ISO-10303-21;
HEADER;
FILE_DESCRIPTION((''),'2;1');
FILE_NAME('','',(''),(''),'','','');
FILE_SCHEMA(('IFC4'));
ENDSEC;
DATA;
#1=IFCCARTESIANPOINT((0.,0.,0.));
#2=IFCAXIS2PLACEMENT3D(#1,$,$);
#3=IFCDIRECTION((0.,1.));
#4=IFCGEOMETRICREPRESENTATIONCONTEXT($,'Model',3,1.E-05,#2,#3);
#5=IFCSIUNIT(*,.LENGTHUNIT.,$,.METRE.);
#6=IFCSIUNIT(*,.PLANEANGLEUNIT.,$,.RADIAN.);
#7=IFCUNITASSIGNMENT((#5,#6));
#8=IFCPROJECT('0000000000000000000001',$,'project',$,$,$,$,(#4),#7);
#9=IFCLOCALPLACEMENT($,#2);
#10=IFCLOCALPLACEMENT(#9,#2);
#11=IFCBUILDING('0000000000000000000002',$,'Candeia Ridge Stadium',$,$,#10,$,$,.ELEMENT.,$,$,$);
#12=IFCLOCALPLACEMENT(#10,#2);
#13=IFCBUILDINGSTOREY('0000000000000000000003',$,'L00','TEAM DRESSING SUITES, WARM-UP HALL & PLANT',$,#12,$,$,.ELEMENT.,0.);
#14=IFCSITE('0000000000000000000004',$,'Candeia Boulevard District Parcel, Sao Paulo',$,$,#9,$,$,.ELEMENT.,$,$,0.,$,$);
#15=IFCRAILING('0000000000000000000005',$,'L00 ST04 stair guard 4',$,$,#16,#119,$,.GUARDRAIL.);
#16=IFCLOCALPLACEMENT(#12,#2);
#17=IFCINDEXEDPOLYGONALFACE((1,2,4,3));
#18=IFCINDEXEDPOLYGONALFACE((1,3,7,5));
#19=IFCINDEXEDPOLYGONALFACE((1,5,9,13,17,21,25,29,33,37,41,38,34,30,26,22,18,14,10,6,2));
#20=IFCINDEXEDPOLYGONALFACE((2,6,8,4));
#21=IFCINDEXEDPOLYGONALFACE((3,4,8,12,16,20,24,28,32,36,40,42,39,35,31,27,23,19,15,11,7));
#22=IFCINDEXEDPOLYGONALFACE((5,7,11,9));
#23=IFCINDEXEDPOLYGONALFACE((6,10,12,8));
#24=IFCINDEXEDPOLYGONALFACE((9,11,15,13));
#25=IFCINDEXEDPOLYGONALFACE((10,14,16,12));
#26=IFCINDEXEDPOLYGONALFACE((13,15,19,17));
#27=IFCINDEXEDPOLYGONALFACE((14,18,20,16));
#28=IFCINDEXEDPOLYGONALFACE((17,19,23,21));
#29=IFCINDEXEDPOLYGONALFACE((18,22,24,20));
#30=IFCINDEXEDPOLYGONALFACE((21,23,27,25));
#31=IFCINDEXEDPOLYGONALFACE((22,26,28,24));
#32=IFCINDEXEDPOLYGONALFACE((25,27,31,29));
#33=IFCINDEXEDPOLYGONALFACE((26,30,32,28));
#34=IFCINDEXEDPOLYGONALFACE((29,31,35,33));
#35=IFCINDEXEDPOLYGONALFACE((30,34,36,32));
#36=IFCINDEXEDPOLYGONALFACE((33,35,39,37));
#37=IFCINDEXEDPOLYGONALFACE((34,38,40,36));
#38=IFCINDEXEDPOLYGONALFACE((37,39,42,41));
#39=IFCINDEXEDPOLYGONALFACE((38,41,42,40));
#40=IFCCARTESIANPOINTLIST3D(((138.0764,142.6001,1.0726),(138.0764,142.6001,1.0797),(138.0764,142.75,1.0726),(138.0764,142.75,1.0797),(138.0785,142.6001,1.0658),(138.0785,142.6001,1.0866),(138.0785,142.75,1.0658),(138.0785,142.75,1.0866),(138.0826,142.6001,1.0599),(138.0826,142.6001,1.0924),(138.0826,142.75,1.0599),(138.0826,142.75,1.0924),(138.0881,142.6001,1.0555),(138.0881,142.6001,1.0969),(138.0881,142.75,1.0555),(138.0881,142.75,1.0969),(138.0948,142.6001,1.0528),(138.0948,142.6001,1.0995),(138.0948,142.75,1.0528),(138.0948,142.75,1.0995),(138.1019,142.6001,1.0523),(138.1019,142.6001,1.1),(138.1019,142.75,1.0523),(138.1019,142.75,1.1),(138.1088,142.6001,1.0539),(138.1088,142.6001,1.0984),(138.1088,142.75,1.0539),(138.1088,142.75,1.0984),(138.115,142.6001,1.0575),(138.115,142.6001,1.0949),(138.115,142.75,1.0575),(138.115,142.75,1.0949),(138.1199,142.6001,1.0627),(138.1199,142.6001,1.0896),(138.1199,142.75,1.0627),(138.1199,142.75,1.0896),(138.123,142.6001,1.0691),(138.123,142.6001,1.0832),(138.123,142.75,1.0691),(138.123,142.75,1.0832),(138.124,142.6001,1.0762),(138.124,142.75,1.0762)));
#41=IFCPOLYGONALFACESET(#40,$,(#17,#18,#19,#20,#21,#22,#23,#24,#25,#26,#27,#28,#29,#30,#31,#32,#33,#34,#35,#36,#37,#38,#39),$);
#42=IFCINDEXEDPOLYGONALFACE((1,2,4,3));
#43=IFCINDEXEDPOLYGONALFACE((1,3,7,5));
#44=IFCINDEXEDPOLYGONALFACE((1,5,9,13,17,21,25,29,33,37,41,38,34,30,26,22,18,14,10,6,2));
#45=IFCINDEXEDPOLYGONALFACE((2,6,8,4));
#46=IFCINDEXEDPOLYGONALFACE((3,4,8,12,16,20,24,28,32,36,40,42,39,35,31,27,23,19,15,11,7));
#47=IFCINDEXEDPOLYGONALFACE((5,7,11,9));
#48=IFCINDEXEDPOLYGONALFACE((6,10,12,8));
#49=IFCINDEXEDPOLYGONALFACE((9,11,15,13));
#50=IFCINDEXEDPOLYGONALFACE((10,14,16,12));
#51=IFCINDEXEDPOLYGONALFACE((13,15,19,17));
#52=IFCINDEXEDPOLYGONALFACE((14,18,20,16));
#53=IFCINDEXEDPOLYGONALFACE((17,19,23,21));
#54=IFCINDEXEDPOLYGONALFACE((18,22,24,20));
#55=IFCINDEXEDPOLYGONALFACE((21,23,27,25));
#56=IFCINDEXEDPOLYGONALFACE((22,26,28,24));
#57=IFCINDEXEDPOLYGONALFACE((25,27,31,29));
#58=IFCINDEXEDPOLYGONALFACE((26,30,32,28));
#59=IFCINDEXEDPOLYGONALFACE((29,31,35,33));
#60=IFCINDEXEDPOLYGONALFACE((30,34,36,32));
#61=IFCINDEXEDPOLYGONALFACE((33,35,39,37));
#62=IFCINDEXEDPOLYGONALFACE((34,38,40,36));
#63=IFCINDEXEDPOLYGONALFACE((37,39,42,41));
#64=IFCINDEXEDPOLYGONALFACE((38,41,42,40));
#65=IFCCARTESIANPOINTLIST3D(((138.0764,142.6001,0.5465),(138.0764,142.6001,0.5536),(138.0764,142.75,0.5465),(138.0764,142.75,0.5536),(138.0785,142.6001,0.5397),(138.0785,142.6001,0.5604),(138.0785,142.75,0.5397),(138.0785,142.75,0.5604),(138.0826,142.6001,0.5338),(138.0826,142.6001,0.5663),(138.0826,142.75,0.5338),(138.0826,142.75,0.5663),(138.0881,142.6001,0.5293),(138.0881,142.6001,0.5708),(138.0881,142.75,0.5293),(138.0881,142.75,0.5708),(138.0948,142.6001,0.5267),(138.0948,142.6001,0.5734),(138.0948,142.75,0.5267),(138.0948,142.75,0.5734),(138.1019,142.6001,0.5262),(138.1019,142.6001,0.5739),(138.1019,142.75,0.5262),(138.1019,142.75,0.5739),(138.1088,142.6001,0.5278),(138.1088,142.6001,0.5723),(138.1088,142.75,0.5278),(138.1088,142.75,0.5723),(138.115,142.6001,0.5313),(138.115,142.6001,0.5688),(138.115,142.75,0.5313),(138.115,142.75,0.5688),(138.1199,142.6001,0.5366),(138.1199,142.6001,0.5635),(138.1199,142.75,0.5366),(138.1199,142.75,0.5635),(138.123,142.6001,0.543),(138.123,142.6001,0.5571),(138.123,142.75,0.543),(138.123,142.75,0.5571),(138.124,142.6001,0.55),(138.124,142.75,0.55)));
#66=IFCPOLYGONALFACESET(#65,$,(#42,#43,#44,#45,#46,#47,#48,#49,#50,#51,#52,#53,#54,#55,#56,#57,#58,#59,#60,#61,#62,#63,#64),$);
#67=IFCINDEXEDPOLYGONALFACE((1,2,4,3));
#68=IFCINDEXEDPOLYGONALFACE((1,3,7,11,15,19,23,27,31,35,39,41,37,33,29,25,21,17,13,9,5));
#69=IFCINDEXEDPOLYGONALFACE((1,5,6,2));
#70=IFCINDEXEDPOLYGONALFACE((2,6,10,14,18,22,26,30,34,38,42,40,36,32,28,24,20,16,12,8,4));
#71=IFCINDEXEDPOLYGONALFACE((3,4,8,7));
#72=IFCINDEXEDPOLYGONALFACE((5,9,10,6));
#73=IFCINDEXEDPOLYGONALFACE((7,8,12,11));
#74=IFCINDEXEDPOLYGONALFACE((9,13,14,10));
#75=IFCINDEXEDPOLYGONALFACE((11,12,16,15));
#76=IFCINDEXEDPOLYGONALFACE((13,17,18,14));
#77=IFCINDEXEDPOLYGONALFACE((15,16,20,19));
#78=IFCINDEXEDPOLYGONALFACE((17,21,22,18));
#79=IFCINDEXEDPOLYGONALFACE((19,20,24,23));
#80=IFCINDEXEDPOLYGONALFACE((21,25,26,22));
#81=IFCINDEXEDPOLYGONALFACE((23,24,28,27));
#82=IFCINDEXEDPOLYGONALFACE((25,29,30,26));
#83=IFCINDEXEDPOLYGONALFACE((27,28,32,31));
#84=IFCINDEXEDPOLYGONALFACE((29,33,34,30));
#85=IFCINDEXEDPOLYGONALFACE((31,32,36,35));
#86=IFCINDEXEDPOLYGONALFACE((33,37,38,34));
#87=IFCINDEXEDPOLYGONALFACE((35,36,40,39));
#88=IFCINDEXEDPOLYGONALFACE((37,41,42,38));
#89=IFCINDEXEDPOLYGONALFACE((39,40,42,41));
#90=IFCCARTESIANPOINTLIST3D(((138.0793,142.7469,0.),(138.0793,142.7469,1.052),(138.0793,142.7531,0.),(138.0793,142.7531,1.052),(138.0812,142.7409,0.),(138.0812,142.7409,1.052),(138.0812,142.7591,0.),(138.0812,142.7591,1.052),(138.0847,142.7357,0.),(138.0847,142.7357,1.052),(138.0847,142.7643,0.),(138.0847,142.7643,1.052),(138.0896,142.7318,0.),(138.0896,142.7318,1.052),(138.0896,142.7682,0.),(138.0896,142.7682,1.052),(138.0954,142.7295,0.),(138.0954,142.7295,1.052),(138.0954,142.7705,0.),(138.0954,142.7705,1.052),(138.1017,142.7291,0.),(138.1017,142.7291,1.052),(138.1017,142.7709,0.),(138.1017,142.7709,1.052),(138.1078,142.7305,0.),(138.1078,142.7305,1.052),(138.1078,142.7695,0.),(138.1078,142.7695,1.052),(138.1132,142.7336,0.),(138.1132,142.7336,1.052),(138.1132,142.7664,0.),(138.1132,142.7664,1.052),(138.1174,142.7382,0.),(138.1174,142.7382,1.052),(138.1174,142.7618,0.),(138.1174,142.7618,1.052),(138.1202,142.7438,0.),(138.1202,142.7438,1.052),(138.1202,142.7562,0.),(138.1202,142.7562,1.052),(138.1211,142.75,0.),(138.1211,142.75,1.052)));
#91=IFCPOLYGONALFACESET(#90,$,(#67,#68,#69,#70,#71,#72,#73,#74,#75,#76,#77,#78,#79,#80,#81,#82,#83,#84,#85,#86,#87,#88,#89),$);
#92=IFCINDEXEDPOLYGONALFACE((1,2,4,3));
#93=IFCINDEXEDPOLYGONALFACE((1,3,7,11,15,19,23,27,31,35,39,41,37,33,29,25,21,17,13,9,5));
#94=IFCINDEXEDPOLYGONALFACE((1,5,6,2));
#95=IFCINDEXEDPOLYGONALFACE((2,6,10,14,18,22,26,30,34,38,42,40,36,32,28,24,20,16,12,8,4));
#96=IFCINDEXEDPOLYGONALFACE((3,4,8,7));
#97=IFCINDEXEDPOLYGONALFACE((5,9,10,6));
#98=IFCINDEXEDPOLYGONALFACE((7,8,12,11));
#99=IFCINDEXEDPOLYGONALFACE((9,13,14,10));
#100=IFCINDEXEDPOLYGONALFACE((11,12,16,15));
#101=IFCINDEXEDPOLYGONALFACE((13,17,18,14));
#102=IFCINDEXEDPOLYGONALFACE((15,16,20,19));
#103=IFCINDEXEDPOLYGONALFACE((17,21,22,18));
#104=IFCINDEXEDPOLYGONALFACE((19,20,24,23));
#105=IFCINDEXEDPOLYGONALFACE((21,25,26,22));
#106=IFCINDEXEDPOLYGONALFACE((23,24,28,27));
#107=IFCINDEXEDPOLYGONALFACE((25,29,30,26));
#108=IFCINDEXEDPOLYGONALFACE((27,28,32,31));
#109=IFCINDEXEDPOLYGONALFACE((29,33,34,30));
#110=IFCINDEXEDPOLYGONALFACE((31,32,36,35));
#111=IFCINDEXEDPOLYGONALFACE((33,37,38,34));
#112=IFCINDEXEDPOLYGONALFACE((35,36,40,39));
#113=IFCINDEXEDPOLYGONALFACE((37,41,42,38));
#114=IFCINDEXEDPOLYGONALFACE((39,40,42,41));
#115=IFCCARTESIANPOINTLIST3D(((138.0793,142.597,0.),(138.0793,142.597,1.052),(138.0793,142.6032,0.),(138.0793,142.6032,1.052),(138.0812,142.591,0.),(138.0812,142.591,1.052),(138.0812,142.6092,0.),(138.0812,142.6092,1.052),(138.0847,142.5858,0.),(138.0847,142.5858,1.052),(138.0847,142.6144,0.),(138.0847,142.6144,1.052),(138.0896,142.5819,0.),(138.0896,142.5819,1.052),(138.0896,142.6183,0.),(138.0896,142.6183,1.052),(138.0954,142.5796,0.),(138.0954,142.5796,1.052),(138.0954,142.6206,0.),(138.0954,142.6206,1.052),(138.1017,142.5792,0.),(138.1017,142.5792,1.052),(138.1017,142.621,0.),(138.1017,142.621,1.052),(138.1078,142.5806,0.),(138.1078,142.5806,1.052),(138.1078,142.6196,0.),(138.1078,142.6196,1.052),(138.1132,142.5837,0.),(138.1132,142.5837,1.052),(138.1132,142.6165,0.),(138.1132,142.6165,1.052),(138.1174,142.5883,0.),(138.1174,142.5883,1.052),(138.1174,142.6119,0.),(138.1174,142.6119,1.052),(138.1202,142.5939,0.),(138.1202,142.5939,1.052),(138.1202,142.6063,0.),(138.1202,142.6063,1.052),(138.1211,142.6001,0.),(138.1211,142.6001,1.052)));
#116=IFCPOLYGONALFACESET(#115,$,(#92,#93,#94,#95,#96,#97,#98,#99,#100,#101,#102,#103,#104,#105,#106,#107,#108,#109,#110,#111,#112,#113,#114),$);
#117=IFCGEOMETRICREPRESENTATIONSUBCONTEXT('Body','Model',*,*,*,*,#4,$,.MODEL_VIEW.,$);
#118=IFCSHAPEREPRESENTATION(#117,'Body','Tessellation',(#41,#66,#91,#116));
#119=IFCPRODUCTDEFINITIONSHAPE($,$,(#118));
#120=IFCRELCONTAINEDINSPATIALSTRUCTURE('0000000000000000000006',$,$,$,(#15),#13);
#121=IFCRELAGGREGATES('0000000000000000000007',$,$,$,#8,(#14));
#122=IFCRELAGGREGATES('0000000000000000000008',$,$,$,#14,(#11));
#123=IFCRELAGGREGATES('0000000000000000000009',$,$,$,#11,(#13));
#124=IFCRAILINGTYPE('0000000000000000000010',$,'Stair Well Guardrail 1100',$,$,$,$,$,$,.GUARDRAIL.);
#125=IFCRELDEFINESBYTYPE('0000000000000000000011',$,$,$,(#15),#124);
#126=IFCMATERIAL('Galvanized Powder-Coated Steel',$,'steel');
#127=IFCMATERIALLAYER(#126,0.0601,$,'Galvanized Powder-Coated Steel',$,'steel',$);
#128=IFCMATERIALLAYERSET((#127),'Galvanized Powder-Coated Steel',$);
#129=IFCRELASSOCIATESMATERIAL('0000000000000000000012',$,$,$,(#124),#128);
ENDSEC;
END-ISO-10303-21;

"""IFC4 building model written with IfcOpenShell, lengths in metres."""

from ifc_helpers import new_model, si_unit, direction, frame, origin, origin_2d, place, context, subcontext, project, spatial, circle, extrude, material, layer, layer_set, type_object, element, save


model = new_model("IFC4")

# Units and contexts
model_context = context("Model", 3, precision=1e-05, world=origin(), true_north=direction((0.0, 1.0)))
body_context = subcontext(model_context, "Body", "Model", "MODEL_VIEW")
ifc_project = project(units=[si_unit("LENGTHUNIT", "METRE"), si_unit("PLANEANGLEUNIT", "RADIAN")], contexts=[model_context])

# Site, building, storey
site_placement = place(None, origin())
site = spatial("IfcSite", under=ifc_project, at=site_placement, Name="Candeia Boulevard District Parcel, Sao Paulo", CompositionType="ELEMENT", RefElevation=0.0)
building_placement = place(site_placement, origin())
building = spatial("IfcBuilding", under=site, at=building_placement, Name="Candeia Ridge Stadium", CompositionType="ELEMENT")
storey_placement = place(building_placement, origin())
storey = spatial("IfcBuildingStorey", under=building, at=storey_placement, Name="L00", Description="TEAM DRESSING SUITES, WARM-UP HALL & PLANT", CompositionType="ELEMENT", Elevation=0.0)

# Railing
ifc_material_1 = material(Name="Galvanized Powder-Coated Steel", Category="steel")
ifc_layer_1 = layer(ifc_material_1, 0.0601, Name="Galvanized Powder-Coated Steel", Category="steel")
ifc_layer_set_1 = layer_set([ifc_layer_1], Name="Galvanized Powder-Coated Steel")
railing_type_1 = type_object("IfcRailingType", Name="Stair Well Guardrail 1100", PredefinedType="GUARDRAIL", material=ifc_layer_set_1)
railing_1_placement = place(storey_placement, frame((138.1001, 142.75, 0.0)))
element("IfcRailing", 1, at=railing_1_placement, inside=storey, type_object=railing_type_1, Name="L00 ST04 stair guard 4", PredefinedType="GUARDRAIL", context=body_context, shape_type="SweptSolid", body=[
    extrude(circle(Radius=0.0239, at=origin_2d()), frame((0.0, 0.0, 1.0762), z_axis=(0.0, -1.0, 0.0), x_axis=(1.0, 0.0, 0.0)), (0.0, 0.0, 1.0), 0.1499),
    extrude(circle(Radius=0.0239, at=origin_2d()), frame((0.0, 0.0, 0.55), z_axis=(0.0, -1.0, 0.0), x_axis=(1.0, 0.0, 0.0)), (0.0, 0.0, 1.0), 0.1499),
    extrude(circle(Radius=0.021, at=origin_2d()), origin(), (0.0, 0.0, 1.0), 1.052),
    extrude(circle(Radius=0.021, at=origin_2d()), frame((0.0, -0.1499, 0.0)), (0.0, 0.0, 1.0), 1.052),
])

save(model, "model.ifc")
